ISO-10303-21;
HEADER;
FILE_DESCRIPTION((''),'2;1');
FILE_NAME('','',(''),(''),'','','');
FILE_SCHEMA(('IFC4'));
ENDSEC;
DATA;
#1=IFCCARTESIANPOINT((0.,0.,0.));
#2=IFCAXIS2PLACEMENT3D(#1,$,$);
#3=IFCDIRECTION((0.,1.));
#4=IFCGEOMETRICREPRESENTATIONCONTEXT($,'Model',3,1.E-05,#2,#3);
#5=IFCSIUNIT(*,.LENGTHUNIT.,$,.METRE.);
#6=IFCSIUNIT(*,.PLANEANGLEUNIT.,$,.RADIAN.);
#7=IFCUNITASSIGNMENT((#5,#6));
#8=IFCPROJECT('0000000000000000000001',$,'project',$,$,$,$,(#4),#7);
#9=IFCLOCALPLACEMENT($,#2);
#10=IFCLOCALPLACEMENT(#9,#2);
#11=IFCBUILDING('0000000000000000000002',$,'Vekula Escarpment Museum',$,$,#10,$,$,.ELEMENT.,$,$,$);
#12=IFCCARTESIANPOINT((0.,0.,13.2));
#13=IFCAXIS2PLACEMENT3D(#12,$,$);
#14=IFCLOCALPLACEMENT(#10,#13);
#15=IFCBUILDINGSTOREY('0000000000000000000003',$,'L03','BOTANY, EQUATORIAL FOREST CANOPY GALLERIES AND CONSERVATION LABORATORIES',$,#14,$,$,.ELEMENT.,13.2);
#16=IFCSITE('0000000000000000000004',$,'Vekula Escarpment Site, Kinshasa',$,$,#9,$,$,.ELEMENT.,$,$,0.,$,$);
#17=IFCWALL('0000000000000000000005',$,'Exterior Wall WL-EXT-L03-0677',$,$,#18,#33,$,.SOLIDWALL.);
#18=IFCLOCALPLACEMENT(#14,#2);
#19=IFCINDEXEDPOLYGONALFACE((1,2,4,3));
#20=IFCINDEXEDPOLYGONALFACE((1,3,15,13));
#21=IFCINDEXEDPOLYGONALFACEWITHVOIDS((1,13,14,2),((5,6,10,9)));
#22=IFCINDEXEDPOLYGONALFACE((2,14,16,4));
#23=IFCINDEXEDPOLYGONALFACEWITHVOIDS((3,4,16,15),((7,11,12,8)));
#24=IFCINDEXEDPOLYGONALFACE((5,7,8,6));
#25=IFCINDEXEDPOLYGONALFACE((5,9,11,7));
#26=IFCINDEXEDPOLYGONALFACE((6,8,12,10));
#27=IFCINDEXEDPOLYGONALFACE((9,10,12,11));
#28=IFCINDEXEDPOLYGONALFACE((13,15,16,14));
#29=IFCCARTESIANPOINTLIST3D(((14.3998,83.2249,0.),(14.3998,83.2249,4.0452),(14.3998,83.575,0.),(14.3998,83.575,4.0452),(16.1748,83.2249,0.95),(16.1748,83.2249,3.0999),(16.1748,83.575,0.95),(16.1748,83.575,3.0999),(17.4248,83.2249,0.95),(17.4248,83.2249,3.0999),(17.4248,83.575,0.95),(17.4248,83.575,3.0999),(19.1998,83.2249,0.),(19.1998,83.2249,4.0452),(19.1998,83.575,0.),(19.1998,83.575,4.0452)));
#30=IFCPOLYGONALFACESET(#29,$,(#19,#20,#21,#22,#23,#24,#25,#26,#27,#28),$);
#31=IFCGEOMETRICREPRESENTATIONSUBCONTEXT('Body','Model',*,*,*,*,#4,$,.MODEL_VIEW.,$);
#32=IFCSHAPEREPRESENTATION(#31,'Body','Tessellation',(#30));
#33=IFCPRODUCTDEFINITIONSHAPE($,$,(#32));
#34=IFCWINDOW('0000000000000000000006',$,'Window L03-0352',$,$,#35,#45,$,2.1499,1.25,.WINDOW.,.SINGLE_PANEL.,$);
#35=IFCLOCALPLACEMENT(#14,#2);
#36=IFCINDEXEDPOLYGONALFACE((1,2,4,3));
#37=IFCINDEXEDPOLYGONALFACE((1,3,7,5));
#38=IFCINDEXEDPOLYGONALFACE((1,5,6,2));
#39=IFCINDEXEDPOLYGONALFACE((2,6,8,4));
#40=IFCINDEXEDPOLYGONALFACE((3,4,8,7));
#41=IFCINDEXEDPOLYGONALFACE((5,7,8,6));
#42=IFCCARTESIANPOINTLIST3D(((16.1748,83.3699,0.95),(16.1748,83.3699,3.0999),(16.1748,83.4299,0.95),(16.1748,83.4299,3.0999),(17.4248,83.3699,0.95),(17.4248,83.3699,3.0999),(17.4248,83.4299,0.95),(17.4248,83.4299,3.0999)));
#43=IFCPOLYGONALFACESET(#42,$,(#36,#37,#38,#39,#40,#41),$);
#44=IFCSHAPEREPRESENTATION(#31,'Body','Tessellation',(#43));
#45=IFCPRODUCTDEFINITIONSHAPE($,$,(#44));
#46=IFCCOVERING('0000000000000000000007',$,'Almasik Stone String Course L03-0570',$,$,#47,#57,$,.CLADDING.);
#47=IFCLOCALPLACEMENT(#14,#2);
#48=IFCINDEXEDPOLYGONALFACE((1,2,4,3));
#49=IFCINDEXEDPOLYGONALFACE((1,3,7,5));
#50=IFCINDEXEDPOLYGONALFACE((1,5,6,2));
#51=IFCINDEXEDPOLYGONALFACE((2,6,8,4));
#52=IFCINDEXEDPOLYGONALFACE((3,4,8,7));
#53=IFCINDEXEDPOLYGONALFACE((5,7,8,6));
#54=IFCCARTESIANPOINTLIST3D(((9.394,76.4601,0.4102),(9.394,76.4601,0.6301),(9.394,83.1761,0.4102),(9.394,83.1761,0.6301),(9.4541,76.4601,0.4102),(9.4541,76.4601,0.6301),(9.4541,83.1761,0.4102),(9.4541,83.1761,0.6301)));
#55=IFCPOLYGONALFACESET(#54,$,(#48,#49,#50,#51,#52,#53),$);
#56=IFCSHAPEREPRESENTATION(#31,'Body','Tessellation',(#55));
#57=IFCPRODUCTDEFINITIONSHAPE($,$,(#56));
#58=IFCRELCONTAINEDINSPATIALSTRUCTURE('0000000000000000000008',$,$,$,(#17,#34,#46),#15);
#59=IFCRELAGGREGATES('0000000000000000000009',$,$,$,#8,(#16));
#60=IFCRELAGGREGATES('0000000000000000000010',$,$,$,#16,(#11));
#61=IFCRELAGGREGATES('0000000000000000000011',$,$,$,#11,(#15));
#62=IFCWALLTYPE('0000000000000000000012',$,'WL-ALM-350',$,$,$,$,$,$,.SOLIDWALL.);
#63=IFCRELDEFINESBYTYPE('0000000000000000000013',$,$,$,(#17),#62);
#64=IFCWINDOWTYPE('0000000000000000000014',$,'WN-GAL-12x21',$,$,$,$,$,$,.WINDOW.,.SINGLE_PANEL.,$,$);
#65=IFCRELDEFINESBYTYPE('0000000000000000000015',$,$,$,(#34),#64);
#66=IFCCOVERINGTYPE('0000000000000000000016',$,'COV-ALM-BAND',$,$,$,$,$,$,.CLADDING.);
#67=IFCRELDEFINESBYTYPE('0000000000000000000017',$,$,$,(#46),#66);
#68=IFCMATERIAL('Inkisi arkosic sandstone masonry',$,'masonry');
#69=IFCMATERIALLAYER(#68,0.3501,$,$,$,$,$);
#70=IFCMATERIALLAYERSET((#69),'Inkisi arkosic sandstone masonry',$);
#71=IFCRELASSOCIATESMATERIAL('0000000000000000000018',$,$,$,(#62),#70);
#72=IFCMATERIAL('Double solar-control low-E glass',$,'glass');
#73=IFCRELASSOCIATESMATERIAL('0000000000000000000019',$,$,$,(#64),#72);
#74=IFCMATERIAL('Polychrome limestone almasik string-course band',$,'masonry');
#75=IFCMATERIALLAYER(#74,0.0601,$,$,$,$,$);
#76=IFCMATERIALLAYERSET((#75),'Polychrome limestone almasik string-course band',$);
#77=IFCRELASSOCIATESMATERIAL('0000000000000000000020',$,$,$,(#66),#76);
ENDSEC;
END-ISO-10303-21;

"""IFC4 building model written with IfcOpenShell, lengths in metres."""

from ifc_helpers import new_model, si_unit, direction, frame, frame_2d, origin, origin_2d, place, context, subcontext, project, spatial, rectangle, extrude, material, layer, layer_set, type_object, element, fill, save


model = new_model("IFC4")

# Units and contexts
model_context = context("Model", 3, precision=1e-05, world=origin(), true_north=direction((0.0, 1.0)))
body_context = subcontext(model_context, "Body", "Model", "MODEL_VIEW")
ifc_project = project(units=[si_unit("LENGTHUNIT", "METRE"), si_unit("PLANEANGLEUNIT", "RADIAN")], contexts=[model_context])

# Site, building, storey
site_placement = place(None, origin())
site = spatial("IfcSite", under=ifc_project, at=site_placement, Name="Vekula Escarpment Site, Kinshasa", CompositionType="ELEMENT", RefElevation=0.0)
building_placement = place(site_placement, origin())
building = spatial("IfcBuilding", under=site, at=building_placement, Name="Vekula Escarpment Museum", CompositionType="ELEMENT")
storey_placement = place(building_placement, frame((0.0, 0.0, 13.2)))
storey = spatial("IfcBuildingStorey", under=building, at=storey_placement, Name="L03", Description="BOTANY, EQUATORIAL FOREST CANOPY GALLERIES AND CONSERVATION LABORATORIES", CompositionType="ELEMENT", Elevation=13.2)

# Wall, opening, window
ifc_material_1 = material(Name="Inkisi arkosic sandstone masonry", Category="masonry")
ifc_layer_1 = layer(ifc_material_1, 0.3501)
ifc_layer_set_1 = layer_set([ifc_layer_1], Name="Inkisi arkosic sandstone masonry")
wall_type_1 = type_object("IfcWallType", Name="WL-ALM-350", PredefinedType="SOLIDWALL", material=ifc_layer_set_1)
wall_1_placement = place(storey_placement, frame((14.3999, 83.3999, 0.0), z_axis=(0.0, 0.0, 1.0), x_axis=(1.0, 0.0, 0.0)))
wall_1 = element("IfcWall", 1, at=wall_1_placement, inside=storey, type_object=wall_type_1, Name="Exterior Wall WL-EXT-L03-0677", PredefinedType="SOLIDWALL", context=body_context, shape_type="SweptSolid", body=[
    extrude(rectangle(XDim=4.8, YDim=0.3501, at=frame_2d((2.3999, 0.0))), origin(), (0.0, 0.0, 1.0), 4.0452),
])
opening_1_placement = place(wall_1_placement, frame((1.7749, 0.0, 0.95)))
opening_1 = element("IfcOpeningElement", 2, at=opening_1_placement, cuts=wall_1, PredefinedType="OPENING", context=body_context, shape_type="SweptSolid", body=[
    extrude(rectangle(XDim=1.25, YDim=2.1499, at=frame_2d((0.625, 1.075))), frame((0.0, 0.1851, 0.0), z_axis=(0.0, -1.0, 0.0), x_axis=(1.0, 0.0, 0.0)), (0.0, 0.0, 1.0), 0.3701),
])
ifc_material_2 = material(Name="Double solar-control low-E glass", Category="glass")
window_type_1 = type_object("IfcWindowType", Name="WN-GAL-12x21", PartitioningType="SINGLE_PANEL", PredefinedType="WINDOW", material=ifc_material_2)
window_1_placement = place(opening_1_placement, origin())
window_1 = element("IfcWindow", 3, at=window_1_placement, inside=storey, type_object=window_type_1, Name="Window L03-0352", OverallHeight=2.1499, OverallWidth=1.25, PartitioningType="SINGLE_PANEL", PredefinedType="WINDOW", context=body_context, shape_type="SweptSolid", body=[
    extrude(rectangle(XDim=1.25, YDim=2.1499, at=frame_2d((0.625, 1.075))), frame((0.0, 0.03, 0.0), z_axis=(0.0, -1.0, 0.0), x_axis=(1.0, 0.0, 0.0)), (0.0, 0.0, 1.0), 0.0601),
])
fill(opening_1, window_1)

# Covering
ifc_material_3 = material(Name="Polychrome limestone almasik string-course band", Category="masonry")
ifc_layer_2 = layer(ifc_material_3, 0.0601)
ifc_layer_set_2 = layer_set([ifc_layer_2], Name="Polychrome limestone almasik string-course band")
covering_type = type_object("IfcCoveringType", Name="COV-ALM-BAND", PredefinedType="CLADDING", material=ifc_layer_set_2)
covering_placement = place(storey_placement, frame((9.4241, 79.8181, 0.4102), z_axis=(0.0, 0.0, 1.0), x_axis=(0.0, 1.0, 0.0)))
element("IfcCovering", 4, at=covering_placement, inside=storey, type_object=covering_type, Name="Almasik Stone String Course L03-0570", PredefinedType="CLADDING", context=body_context, shape_type="SweptSolid", body=[
    extrude(rectangle(XDim=6.7161, YDim=0.0601, at=origin_2d()), origin(), (0.0, 0.0, 1.0), 0.22),
])

save(model, "model.ifc")
